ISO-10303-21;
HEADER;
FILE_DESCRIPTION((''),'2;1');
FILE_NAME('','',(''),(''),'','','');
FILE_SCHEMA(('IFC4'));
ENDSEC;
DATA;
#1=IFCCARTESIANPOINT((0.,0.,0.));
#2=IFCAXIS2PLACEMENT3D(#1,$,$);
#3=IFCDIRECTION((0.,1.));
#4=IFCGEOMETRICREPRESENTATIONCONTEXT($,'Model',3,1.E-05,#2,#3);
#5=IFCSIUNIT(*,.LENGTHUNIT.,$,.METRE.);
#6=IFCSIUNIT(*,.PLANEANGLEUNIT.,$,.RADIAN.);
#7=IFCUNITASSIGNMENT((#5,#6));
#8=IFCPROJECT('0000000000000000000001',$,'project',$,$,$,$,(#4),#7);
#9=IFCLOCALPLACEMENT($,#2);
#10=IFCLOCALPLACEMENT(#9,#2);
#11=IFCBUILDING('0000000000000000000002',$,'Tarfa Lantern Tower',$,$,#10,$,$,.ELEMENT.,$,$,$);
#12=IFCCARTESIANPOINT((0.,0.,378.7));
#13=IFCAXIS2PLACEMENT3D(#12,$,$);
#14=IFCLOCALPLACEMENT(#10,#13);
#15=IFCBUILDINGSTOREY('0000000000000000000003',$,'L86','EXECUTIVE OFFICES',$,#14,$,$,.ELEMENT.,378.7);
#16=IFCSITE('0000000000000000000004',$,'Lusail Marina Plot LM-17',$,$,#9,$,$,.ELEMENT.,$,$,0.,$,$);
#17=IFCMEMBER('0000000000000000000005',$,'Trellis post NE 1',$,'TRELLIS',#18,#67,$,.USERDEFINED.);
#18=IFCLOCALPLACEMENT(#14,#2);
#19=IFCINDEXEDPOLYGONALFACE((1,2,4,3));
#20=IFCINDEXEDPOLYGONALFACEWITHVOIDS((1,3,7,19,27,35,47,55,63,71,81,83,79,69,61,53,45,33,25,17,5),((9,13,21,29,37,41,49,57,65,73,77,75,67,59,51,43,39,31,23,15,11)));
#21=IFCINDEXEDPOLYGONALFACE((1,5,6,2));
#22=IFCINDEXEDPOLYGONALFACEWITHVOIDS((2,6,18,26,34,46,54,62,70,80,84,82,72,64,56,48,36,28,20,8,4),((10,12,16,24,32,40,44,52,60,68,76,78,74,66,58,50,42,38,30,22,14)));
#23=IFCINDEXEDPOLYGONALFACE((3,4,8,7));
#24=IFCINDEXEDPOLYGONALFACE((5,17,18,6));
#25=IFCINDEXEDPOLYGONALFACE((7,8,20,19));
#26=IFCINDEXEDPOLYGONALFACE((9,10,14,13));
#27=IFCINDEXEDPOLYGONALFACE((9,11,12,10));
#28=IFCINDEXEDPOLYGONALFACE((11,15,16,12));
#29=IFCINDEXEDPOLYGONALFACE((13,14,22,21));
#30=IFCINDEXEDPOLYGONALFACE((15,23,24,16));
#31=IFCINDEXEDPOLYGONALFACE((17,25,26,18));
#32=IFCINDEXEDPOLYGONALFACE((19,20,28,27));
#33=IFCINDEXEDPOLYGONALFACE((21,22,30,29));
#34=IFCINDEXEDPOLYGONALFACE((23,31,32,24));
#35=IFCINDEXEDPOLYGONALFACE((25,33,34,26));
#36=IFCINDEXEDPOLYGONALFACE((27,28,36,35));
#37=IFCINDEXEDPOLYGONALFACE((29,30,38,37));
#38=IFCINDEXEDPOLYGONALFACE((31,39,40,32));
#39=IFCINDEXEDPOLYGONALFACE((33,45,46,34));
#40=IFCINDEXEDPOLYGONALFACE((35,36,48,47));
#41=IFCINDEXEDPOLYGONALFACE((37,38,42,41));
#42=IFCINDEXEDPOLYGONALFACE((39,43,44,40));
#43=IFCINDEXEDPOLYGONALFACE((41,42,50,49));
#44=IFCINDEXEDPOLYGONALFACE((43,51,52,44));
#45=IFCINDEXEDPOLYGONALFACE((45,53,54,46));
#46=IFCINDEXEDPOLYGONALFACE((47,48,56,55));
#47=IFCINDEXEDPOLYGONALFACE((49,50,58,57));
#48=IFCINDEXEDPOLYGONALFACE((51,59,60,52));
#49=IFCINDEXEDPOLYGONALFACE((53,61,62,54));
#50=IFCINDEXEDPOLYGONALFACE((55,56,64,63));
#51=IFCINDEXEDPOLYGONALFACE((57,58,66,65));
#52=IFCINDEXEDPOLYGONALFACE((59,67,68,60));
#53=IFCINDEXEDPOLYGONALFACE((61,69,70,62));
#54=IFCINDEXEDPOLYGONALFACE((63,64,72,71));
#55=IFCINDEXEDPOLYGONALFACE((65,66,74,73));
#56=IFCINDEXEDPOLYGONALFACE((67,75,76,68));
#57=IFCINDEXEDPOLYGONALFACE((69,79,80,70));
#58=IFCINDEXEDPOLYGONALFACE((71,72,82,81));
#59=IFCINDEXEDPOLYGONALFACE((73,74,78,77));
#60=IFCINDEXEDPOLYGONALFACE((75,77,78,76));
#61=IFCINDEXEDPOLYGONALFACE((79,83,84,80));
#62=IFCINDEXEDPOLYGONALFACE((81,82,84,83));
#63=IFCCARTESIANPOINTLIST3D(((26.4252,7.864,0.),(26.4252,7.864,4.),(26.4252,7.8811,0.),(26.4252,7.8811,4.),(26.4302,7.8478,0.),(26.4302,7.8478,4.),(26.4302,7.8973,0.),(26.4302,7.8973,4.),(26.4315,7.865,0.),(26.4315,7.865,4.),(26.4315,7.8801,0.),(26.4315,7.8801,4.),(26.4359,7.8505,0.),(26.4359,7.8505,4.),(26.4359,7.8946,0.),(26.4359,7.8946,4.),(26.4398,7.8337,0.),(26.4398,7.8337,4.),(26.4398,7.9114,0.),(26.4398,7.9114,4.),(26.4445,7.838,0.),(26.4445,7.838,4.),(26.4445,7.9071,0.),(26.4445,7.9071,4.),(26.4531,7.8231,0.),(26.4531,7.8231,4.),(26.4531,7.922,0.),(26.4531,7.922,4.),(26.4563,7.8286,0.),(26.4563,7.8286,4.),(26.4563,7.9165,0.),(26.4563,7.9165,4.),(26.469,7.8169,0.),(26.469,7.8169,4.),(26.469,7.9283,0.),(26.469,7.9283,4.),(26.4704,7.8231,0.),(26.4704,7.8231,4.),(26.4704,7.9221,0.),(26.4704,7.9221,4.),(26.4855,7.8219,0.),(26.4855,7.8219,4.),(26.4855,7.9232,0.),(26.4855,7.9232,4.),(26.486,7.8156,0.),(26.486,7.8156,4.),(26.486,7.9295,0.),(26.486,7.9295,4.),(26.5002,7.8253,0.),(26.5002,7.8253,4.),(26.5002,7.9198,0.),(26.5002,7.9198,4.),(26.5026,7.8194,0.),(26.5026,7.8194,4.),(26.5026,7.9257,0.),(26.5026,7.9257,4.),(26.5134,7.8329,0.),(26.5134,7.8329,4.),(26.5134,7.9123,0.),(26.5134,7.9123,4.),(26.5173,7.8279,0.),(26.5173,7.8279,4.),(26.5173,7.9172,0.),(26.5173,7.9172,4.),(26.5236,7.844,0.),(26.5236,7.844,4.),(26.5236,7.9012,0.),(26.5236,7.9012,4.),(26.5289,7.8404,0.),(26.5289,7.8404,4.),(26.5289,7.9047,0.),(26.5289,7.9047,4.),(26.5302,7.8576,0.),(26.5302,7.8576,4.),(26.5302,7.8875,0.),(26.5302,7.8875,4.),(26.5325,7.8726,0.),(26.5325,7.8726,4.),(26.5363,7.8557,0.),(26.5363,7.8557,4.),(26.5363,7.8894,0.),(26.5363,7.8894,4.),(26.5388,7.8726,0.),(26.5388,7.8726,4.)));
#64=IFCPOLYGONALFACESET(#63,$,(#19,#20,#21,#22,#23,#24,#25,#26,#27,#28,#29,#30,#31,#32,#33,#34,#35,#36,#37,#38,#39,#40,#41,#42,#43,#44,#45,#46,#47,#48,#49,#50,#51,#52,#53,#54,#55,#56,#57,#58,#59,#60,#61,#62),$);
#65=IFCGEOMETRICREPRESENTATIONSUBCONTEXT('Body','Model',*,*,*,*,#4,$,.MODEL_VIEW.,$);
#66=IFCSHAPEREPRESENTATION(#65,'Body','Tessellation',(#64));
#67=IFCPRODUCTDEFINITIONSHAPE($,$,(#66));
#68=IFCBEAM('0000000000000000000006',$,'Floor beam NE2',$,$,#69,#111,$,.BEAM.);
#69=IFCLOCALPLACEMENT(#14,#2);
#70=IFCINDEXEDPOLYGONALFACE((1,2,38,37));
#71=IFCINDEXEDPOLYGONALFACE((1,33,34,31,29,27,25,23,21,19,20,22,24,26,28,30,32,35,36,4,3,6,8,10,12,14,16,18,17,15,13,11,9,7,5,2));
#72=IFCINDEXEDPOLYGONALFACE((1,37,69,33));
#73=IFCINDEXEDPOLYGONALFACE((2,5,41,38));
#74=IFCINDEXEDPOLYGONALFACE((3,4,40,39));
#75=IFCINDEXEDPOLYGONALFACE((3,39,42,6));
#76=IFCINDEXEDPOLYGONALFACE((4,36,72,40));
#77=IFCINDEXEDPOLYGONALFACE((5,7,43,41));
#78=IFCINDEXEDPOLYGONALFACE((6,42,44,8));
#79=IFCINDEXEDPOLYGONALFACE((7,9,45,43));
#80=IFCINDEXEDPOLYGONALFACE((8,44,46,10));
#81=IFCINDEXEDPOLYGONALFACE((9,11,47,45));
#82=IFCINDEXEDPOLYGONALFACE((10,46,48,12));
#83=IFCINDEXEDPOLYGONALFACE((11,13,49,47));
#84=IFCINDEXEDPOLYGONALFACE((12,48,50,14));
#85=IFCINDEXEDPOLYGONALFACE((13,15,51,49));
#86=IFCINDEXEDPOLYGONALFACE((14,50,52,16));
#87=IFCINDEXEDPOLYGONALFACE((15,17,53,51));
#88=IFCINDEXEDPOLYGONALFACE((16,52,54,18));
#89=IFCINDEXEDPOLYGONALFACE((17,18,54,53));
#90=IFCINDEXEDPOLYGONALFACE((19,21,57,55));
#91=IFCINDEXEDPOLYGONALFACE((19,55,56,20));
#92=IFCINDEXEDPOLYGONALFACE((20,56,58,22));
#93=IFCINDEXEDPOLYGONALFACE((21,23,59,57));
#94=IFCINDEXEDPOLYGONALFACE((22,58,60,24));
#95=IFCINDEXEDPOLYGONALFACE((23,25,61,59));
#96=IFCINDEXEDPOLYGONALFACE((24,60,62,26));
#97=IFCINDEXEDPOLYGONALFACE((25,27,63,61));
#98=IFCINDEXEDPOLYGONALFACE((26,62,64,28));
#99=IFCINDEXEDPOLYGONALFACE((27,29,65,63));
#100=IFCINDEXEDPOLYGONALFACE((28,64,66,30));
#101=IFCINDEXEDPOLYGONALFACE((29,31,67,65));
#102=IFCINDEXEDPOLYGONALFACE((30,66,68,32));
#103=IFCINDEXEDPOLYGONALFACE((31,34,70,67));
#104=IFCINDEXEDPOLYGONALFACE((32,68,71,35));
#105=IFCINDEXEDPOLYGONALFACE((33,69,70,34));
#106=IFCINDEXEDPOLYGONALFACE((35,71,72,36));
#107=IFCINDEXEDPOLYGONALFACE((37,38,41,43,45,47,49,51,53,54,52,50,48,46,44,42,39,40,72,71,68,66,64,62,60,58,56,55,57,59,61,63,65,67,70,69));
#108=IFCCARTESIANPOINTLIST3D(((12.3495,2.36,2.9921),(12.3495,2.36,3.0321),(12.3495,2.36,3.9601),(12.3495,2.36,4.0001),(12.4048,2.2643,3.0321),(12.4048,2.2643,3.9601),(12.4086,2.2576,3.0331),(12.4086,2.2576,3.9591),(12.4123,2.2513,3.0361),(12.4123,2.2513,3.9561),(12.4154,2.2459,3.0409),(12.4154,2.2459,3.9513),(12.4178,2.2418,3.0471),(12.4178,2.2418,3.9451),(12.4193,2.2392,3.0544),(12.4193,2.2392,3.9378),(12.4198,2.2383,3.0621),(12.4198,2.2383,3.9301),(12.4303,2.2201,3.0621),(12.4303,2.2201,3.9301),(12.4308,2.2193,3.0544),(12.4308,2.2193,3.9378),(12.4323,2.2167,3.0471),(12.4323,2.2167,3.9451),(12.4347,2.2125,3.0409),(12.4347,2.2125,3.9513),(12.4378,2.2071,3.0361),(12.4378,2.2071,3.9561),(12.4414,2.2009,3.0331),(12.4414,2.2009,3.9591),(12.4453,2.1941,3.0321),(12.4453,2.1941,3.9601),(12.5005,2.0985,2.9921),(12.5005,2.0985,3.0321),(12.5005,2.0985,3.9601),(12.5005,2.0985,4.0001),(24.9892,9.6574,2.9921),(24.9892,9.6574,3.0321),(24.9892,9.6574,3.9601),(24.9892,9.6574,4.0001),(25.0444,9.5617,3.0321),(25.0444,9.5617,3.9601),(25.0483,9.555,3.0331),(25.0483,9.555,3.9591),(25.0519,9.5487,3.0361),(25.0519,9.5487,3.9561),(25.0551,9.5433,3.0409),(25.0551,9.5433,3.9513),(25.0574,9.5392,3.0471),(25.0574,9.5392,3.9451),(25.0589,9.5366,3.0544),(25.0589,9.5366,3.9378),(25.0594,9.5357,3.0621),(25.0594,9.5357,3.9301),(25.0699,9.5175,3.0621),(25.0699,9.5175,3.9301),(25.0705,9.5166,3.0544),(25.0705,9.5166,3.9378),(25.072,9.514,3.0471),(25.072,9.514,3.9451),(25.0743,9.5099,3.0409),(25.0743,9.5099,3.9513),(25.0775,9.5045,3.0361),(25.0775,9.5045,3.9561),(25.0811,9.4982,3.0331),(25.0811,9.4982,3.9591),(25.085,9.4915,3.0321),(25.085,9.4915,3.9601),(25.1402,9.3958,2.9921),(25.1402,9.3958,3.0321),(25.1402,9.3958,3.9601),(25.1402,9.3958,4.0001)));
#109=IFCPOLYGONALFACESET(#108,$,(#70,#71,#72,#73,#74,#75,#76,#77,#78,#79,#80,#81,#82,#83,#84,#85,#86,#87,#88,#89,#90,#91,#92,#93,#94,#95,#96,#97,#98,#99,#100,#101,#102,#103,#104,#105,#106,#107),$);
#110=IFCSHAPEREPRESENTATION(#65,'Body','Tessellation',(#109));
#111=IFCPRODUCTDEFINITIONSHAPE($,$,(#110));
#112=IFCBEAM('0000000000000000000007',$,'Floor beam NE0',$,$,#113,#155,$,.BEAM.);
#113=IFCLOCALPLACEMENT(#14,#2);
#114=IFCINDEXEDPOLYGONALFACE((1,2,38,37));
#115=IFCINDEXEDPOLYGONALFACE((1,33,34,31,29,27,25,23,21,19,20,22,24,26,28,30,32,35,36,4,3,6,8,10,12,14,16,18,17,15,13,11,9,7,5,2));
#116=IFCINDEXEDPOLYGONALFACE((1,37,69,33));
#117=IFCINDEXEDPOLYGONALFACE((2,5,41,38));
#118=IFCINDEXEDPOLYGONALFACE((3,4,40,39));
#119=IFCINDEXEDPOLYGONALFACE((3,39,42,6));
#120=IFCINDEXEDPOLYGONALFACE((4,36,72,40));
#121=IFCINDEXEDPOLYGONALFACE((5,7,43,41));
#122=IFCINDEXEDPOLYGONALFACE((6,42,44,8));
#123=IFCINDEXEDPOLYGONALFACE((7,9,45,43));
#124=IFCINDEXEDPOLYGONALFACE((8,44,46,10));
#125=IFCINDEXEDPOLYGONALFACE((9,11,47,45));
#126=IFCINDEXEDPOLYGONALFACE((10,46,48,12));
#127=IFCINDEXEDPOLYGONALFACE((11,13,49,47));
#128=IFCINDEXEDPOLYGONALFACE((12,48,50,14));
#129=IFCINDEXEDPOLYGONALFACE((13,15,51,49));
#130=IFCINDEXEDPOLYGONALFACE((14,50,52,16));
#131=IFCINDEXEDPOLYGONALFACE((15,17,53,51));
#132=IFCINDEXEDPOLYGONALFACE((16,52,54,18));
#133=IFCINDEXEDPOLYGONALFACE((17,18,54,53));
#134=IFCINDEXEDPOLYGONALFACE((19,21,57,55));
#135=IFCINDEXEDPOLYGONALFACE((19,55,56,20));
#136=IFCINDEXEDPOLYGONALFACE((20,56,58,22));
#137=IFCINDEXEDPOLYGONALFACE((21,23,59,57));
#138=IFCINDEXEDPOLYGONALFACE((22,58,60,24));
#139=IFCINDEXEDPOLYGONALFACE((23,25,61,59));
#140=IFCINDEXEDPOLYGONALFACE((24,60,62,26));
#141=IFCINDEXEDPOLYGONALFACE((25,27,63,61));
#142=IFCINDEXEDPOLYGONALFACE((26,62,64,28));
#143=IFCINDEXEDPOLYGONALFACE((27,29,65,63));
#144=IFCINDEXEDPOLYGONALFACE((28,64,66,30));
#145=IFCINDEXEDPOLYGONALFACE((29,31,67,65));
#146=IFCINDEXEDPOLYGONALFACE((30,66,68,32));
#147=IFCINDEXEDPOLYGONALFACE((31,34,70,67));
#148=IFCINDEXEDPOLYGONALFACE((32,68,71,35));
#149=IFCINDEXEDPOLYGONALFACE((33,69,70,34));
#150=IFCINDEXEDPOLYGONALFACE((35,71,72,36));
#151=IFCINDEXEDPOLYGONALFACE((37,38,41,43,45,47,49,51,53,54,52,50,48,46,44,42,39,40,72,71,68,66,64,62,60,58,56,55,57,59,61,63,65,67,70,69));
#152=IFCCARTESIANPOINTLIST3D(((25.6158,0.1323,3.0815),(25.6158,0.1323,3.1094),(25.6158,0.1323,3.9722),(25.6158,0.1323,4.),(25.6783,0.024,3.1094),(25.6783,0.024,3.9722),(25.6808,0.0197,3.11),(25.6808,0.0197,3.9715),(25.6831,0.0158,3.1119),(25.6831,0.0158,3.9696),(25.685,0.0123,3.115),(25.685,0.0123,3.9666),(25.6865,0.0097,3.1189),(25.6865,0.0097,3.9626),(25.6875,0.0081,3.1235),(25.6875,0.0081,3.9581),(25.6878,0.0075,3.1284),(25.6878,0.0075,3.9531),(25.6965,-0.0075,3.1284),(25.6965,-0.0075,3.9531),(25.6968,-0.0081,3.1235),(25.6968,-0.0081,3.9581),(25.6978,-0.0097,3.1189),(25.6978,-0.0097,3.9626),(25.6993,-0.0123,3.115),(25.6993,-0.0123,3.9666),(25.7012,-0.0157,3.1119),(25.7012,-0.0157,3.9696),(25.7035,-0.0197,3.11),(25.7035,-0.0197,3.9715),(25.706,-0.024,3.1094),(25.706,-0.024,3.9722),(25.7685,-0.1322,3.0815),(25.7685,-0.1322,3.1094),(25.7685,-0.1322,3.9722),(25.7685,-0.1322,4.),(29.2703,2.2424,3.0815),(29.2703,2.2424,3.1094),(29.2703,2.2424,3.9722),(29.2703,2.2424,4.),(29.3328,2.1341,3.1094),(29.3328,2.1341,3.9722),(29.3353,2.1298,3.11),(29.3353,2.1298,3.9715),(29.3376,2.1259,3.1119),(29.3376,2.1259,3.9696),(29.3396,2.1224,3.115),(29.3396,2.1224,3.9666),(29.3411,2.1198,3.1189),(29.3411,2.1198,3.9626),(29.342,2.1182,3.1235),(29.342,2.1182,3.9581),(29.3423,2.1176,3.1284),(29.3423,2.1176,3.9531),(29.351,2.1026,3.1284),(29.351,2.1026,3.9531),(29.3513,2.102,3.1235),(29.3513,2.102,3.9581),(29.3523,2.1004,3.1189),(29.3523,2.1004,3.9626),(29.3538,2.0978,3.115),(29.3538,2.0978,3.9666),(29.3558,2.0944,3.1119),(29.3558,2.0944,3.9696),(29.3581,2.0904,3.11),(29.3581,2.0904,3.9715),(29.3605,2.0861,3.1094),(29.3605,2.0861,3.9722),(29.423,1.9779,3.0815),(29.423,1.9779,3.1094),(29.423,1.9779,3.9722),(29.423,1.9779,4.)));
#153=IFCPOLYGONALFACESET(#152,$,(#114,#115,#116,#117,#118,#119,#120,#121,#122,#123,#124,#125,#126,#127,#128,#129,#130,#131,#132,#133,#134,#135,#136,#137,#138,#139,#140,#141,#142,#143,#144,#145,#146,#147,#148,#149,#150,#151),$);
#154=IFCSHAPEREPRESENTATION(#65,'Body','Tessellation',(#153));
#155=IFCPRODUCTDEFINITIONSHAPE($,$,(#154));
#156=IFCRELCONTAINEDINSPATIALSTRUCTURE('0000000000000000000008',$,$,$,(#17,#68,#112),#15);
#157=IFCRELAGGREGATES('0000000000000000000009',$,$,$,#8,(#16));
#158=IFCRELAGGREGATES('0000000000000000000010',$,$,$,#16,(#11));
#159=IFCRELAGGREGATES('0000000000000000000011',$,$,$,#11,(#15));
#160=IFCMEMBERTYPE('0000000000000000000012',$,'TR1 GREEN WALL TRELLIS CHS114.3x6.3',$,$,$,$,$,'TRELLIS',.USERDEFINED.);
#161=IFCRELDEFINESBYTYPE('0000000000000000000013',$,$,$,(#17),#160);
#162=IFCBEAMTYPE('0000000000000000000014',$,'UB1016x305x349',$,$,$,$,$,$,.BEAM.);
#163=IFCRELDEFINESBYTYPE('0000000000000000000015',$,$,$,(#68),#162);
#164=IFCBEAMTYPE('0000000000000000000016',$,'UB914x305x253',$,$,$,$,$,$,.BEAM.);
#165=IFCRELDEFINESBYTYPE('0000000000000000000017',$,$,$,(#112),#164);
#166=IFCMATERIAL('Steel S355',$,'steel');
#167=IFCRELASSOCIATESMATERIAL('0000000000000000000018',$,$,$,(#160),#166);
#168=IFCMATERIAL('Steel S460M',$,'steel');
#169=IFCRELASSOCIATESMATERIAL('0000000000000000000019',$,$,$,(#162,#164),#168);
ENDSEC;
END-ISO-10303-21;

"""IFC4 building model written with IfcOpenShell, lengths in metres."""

from ifc_helpers import new_model, si_unit, direction, frame, origin, origin_2d, place, context, subcontext, project, spatial, hollow_circle, i_section, extrude, material, material_profile, profile_set, type_object, element, save


model = new_model("IFC4")

# Units and contexts
model_context = context("Model", 3, precision=1e-05, world=origin(), true_north=direction((0.0, 1.0)))
body_context = subcontext(model_context, "Body", "Model", "MODEL_VIEW")
ifc_project = project(units=[si_unit("LENGTHUNIT", "METRE"), si_unit("PLANEANGLEUNIT", "RADIAN")], contexts=[model_context])

# Site, building, storey
site_placement = place(None, origin())
site = spatial("IfcSite", under=ifc_project, at=site_placement, Name="Lusail Marina Plot LM-17", CompositionType="ELEMENT", RefElevation=0.0)
building_placement = place(site_placement, origin())
building = spatial("IfcBuilding", under=site, at=building_placement, Name="Tarfa Lantern Tower", CompositionType="ELEMENT")
storey_placement = place(building_placement, frame((0.0, 0.0, 378.7)))
storey = spatial("IfcBuildingStorey", under=building, at=storey_placement, Name="L86", Description="EXECUTIVE OFFICES", CompositionType="ELEMENT", Elevation=378.7)

# Member
ifc_material_1 = material(Name="Steel S355", Category="steel")
ifc_material_profile_1 = material_profile(ifc_material_1, hollow_circle(Radius=0.0571, WallThickness=0.0063, at=origin_2d()), Name="CHS114.3x6.3")
ifc_profile_set_1 = profile_set([ifc_material_profile_1], Name="Steel S355")
member_type_1 = type_object("IfcMemberType", Name="TR1 GREEN WALL TRELLIS CHS114.3x6.3", ElementType="TRELLIS", PredefinedType="USERDEFINED", material=ifc_profile_set_1)
member_1_placement = place(storey_placement, frame((26.4817, 7.8726, 0.0), z_axis=(0.0, 0.0, 1.0), x_axis=(1.0, 0.0, 0.0)))
element("IfcMember", 1, at=member_1_placement, inside=storey, type_object=member_type_1, Name="Trellis post NE 1", ObjectType="TRELLIS", PredefinedType="USERDEFINED", context=body_context, shape_type="SweptSolid", body=[
    extrude(hollow_circle(Radius=0.0571, WallThickness=0.0063, at=origin_2d()), origin(), (0.0, 0.0, 1.0), 4.0),
])

# Beams
ifc_material_2 = material(Name="Steel S460M", Category="steel")
ifc_material_profile_2 = material_profile(ifc_material_2, i_section(OverallWidth=0.302, OverallDepth=1.0081, WebThickness=0.021, FlangeThickness=0.04, FilletRadius=0.03, at=origin_2d()), Name="UB1016x305x349")
ifc_profile_set_2 = profile_set([ifc_material_profile_2], Name="Steel S460M")
beam_type_1 = type_object("IfcBeamType", Name="UB1016x305x349", PredefinedType="BEAM", material=ifc_profile_set_2)
beam_1_placement = place(storey_placement, frame((25.0647, 9.5266, 3.4961), z_axis=(-0.86603, -0.499993, 0.0), x_axis=(0.499993, -0.86603, 0.0)))
element("IfcBeam", 2, at=beam_1_placement, inside=storey, type_object=beam_type_1, Name="Floor beam NE2", PredefinedType="BEAM", context=body_context, shape_type="SweptSolid", body=[
    extrude(i_section(OverallWidth=0.302, OverallDepth=1.0081, WebThickness=0.021, FlangeThickness=0.04, FilletRadius=0.03, at=origin_2d()), origin(), (0.0, 0.0, 1.0), 14.595),
])
ifc_material_profile_3 = material_profile(ifc_material_2, i_section(OverallWidth=0.3054, OverallDepth=0.9185, WebThickness=0.0173, FlangeThickness=0.0278, FilletRadius=0.019, at=origin_2d()), Name="UB914x305x253")
ifc_profile_set_3 = profile_set([ifc_material_profile_3], Name="Steel S460M")
beam_type_2 = type_object("IfcBeamType", Name="UB914x305x253", PredefinedType="BEAM", material=ifc_profile_set_3)
beam_2_placement = place(storey_placement, frame((29.3467, 2.1101, 3.5408), z_axis=(-0.866009, -0.500028, 0.0), x_axis=(0.500028, -0.866009, 0.0)))
element("IfcBeam", 3, at=beam_2_placement, inside=storey, type_object=beam_type_2, Name="Floor beam NE0", PredefinedType="BEAM", context=body_context, shape_type="SweptSolid", body=[
    extrude(i_section(OverallWidth=0.3054, OverallDepth=0.9185, WebThickness=0.0173, FlangeThickness=0.0278, FilletRadius=0.019, at=origin_2d()), origin(), (0.0, 0.0, 1.0), 4.22),
])

save(model, "model.ifc")
